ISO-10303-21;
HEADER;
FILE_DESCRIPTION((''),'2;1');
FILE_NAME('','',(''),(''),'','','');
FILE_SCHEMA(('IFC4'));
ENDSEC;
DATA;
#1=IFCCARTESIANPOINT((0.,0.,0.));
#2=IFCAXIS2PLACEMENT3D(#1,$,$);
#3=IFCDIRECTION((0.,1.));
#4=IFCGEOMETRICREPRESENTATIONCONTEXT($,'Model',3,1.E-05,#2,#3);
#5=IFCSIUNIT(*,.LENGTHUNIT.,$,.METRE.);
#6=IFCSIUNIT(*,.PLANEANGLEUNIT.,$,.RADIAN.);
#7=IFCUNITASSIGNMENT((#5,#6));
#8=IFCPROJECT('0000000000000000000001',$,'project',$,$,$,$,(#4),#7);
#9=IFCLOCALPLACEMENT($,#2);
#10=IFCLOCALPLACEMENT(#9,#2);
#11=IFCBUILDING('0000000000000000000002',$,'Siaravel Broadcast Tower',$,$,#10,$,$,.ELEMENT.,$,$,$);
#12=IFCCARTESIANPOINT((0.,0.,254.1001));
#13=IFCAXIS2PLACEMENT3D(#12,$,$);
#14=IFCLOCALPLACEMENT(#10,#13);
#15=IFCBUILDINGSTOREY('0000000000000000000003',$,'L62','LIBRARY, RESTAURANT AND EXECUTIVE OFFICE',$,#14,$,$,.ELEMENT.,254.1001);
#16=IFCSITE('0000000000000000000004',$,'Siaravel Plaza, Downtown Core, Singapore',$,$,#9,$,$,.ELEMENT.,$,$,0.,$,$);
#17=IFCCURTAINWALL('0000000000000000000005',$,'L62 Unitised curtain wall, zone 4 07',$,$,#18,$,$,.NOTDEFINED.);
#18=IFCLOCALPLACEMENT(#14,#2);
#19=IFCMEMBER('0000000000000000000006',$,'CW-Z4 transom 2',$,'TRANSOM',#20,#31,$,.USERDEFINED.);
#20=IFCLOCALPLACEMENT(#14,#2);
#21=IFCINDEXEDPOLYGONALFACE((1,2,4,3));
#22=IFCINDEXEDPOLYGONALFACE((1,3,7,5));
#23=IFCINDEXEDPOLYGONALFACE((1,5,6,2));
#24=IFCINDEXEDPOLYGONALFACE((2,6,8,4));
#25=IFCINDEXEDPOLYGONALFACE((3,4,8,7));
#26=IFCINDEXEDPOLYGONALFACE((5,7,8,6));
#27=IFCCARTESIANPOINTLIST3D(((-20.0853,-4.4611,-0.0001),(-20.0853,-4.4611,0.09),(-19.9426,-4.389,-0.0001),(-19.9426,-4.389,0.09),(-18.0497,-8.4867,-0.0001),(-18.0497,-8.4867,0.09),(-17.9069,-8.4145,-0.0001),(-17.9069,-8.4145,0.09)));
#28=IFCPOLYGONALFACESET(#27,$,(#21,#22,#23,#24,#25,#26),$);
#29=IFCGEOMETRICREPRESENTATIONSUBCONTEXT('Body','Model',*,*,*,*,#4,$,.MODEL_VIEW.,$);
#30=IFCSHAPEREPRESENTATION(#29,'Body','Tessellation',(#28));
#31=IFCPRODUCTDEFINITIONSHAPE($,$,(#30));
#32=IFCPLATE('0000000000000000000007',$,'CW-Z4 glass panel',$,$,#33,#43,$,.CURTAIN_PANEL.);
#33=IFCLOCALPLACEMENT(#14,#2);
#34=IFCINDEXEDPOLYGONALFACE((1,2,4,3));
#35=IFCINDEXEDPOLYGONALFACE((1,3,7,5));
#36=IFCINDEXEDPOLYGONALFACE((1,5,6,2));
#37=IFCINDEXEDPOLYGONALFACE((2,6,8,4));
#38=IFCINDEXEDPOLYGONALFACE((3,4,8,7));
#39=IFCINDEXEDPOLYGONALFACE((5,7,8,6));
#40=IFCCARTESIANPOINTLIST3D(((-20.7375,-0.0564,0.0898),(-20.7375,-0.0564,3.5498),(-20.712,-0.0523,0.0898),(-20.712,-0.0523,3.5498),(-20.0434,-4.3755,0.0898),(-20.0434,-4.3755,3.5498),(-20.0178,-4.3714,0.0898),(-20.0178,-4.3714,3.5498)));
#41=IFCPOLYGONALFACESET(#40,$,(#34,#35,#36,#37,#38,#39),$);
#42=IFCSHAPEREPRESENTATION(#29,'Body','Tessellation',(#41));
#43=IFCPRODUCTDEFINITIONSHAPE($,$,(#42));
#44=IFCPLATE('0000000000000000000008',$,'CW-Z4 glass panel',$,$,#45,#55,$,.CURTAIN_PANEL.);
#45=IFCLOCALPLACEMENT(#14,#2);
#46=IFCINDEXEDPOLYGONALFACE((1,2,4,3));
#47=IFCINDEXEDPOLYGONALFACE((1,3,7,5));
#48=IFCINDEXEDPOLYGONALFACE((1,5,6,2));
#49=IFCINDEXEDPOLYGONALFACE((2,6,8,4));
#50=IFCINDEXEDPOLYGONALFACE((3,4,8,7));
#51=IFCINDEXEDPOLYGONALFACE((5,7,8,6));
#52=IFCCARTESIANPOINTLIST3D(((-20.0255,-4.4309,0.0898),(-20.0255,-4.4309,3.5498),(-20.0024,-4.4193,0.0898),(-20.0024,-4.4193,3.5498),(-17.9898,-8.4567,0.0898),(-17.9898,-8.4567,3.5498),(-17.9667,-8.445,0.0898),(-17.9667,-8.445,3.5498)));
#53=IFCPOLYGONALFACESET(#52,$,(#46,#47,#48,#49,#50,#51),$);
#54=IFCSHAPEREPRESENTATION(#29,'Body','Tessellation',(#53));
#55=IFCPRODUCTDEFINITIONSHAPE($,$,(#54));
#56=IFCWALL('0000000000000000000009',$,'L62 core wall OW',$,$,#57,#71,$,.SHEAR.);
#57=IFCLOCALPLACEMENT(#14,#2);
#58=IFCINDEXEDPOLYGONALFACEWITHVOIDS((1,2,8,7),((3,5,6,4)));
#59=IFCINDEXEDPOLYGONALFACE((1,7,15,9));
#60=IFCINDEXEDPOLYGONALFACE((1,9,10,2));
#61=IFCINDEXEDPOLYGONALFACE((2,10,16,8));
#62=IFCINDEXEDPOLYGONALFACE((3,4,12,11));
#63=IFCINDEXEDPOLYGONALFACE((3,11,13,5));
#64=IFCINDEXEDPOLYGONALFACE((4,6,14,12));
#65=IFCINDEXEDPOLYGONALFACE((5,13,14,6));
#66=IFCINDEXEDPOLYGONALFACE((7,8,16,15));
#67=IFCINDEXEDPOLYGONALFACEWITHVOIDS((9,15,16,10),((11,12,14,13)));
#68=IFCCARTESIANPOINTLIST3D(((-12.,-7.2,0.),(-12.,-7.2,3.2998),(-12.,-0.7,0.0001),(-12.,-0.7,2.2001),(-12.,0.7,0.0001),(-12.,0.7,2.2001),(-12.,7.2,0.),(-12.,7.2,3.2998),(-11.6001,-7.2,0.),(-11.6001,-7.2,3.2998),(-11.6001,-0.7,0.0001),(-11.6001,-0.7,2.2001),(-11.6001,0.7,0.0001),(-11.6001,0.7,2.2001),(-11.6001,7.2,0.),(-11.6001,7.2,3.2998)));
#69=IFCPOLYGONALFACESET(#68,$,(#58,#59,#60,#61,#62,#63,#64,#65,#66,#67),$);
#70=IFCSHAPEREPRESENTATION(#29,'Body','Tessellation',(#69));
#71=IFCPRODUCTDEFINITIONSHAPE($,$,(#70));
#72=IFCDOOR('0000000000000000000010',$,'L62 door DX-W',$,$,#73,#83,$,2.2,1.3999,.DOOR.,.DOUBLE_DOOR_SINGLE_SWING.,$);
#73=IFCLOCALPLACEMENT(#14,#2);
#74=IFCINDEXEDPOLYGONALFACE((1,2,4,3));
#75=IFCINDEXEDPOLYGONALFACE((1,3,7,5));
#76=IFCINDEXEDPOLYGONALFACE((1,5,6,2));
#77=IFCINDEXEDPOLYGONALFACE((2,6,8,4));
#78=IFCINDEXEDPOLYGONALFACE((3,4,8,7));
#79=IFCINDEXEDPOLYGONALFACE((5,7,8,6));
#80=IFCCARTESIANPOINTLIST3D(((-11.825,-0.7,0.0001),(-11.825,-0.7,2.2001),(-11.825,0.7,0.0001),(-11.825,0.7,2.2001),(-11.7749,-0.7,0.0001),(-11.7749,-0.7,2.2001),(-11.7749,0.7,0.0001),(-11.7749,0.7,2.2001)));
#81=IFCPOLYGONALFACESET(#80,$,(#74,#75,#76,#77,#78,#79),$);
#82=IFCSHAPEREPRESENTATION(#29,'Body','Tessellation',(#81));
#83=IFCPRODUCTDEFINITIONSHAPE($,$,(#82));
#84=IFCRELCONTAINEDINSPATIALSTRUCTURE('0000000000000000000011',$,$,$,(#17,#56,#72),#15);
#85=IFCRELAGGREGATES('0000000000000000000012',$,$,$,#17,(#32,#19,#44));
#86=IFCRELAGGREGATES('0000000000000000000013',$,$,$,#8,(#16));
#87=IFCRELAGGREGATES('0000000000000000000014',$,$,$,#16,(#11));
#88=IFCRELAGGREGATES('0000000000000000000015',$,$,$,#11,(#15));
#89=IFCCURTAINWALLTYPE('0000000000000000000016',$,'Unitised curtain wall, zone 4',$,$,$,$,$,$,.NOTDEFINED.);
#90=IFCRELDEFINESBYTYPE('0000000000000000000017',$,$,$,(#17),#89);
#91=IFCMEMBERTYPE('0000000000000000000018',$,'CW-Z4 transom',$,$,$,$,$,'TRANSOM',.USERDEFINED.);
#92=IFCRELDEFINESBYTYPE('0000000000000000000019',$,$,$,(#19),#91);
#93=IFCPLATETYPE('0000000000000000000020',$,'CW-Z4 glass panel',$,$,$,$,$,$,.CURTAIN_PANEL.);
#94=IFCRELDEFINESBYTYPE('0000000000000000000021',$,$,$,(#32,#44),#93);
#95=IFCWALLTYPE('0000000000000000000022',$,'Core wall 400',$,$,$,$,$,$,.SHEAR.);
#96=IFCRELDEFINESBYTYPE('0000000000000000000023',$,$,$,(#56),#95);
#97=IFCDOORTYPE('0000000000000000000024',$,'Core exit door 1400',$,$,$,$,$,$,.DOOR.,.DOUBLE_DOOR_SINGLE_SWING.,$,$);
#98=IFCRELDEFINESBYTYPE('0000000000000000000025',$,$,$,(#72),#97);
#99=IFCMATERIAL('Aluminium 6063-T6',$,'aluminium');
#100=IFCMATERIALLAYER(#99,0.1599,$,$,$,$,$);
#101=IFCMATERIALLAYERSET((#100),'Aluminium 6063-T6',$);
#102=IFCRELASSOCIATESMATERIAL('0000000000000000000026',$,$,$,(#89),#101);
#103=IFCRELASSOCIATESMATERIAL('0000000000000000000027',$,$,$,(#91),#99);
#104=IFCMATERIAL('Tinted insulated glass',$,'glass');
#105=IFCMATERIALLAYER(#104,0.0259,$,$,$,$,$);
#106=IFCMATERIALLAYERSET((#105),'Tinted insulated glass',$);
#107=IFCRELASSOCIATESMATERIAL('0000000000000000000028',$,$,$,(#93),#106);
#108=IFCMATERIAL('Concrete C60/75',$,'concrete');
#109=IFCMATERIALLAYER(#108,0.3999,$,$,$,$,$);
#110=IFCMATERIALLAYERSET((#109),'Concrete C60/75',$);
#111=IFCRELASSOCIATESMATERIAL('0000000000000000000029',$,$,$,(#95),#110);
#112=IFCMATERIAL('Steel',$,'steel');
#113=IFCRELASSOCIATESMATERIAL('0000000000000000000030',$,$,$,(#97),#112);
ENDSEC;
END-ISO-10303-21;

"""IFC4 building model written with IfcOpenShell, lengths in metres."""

from ifc_helpers import new_model, si_unit, direction, frame, frame_2d, origin, origin_2d, place, context, subcontext, project, spatial, rectangle, extrude, material, layer, layer_set, material_profile, profile_set, type_object, element, fill, aggregate, save


model = new_model("IFC4")

# Units and contexts
model_context = context("Model", 3, precision=1e-05, world=origin(), true_north=direction((0.0, 1.0)))
body_context = subcontext(model_context, "Body", "Model", "MODEL_VIEW")
ifc_project = project(units=[si_unit("LENGTHUNIT", "METRE"), si_unit("PLANEANGLEUNIT", "RADIAN")], contexts=[model_context])

# Site, building, storey
site_placement = place(None, origin())
site = spatial("IfcSite", under=ifc_project, at=site_placement, Name="Siaravel Plaza, Downtown Core, Singapore", CompositionType="ELEMENT", RefElevation=0.0)
building_placement = place(site_placement, origin())
building = spatial("IfcBuilding", under=site, at=building_placement, Name="Siaravel Broadcast Tower", CompositionType="ELEMENT")
storey_placement = place(building_placement, frame((0.0, 0.0, 254.1001)))
storey = spatial("IfcBuildingStorey", under=building, at=storey_placement, Name="L62", Description="LIBRARY, RESTAURANT AND EXECUTIVE OFFICE", CompositionType="ELEMENT", Elevation=254.1001)

# Curtain wall, member, plates
ifc_material_1 = material(Name="Aluminium 6063-T6", Category="aluminium")
ifc_layer_1 = layer(ifc_material_1, 0.1599)
ifc_layer_set_1 = layer_set([ifc_layer_1], Name="Aluminium 6063-T6")
curtain_wall_type = type_object("IfcCurtainWallType", Name="Unitised curtain wall, zone 4", PredefinedType="NOTDEFINED", material=ifc_layer_set_1)
curtain_wall_placement = place(storey_placement, origin())
curtain_wall = element("IfcCurtainWall", 1, at=curtain_wall_placement, inside=storey, type_object=curtain_wall_type, Name="L62 Unitised curtain wall, zone 4 07", PredefinedType="NOTDEFINED")
ifc_material_profile_1 = material_profile(ifc_material_1, rectangle(XDim=0.1599, YDim=0.0901, at=origin_2d()))
ifc_profile_set_1 = profile_set([ifc_material_profile_1], Name="Aluminium 6063-T6")
member_type_1 = type_object("IfcMemberType", Name="CW-Z4 transom", ElementType="TRANSOM", PredefinedType="USERDEFINED", material=ifc_profile_set_1)
member_1_placement = place(storey_placement, frame((-20.0139, -4.425, 0.0449), z_axis=(0.451257, -0.892394, 0.0), x_axis=(0.892394, 0.451257, 0.0)))
member_1 = element("IfcMember", 2, at=member_1_placement, type_object=member_type_1, Name="CW-Z4 transom 2", ObjectType="TRANSOM", PredefinedType="USERDEFINED", context=body_context, shape_type="SweptSolid", body=[
    extrude(rectangle(XDim=0.1599, YDim=0.0901, at=origin_2d()), origin(), (0.0, 0.0, 1.0), 4.511),
])
ifc_material_2 = material(Name="Tinted insulated glass", Category="glass")
ifc_layer_2 = layer(ifc_material_2, 0.0259)
ifc_layer_set_2 = layer_set([ifc_layer_2], Name="Tinted insulated glass")
plate_type = type_object("IfcPlateType", Name="CW-Z4 glass panel", PredefinedType="CURTAIN_PANEL", material=ifc_layer_set_2)
plate_1_placement = place(storey_placement, frame((-20.3777, -2.2139, 0.0898), z_axis=(0.0, 0.0, 1.0), x_axis=(0.158685, -0.987329, 0.0)))
plate_1 = element("IfcPlate", 3, at=plate_1_placement, type_object=plate_type, Name="CW-Z4 glass panel", PredefinedType="CURTAIN_PANEL", context=body_context, shape_type="SweptSolid", body=[
    extrude(rectangle(XDim=4.3745, YDim=0.0259, at=origin_2d()), origin(), (0.0, 0.0, 1.0), 3.46),
])
plate_2_placement = place(storey_placement, frame((-18.9961, -6.438, 0.0898), z_axis=(0.0, 0.0, 1.0), x_axis=(0.451259, -0.892393, 0.0)))
plate_2 = element("IfcPlate", 4, at=plate_2_placement, type_object=plate_type, Name="CW-Z4 glass panel", PredefinedType="CURTAIN_PANEL", context=body_context, shape_type="SweptSolid", body=[
    extrude(rectangle(XDim=4.5112, YDim=0.0259, at=origin_2d()), origin(), (0.0, 0.0, 1.0), 3.46),
])
aggregate(curtain_wall, [plate_1, member_1, plate_2])

# Wall, opening, door
ifc_material_3 = material(Name="Concrete C60/75", Category="concrete")
ifc_layer_3 = layer(ifc_material_3, 0.3999)
ifc_layer_set_3 = layer_set([ifc_layer_3], Name="Concrete C60/75")
wall_type_1 = type_object("IfcWallType", Name="Core wall 400", PredefinedType="SHEAR", material=ifc_layer_set_3)
wall_1_placement = place(storey_placement, frame((-11.8, -7.2, 0.0), z_axis=(0.0, 0.0, 1.0), x_axis=(0.0, 1.0, 0.0)))
wall_1 = element("IfcWall", 5, at=wall_1_placement, inside=storey, type_object=wall_type_1, Name="L62 core wall OW", PredefinedType="SHEAR", context=body_context, shape_type="SweptSolid", body=[
    extrude(rectangle(XDim=14.3999, YDim=0.3999, at=frame_2d((7.2, 0.0))), origin(), (0.0, 0.0, 1.0), 3.2998),
])
opening_1_placement = place(wall_1_placement, frame((6.5, 0.0, 0.0)))
opening_1 = element("IfcOpeningElement", 6, at=opening_1_placement, cuts=wall_1, PredefinedType="OPENING", context=body_context, shape_type="SweptSolid", body=[
    extrude(rectangle(XDim=1.3999, YDim=2.2, at=frame_2d((0.7, 1.1001))), frame((0.0, 0.21, 0.0), z_axis=(0.0, -1.0, 0.0), x_axis=(1.0, 0.0, 0.0)), (0.0, 0.0, 1.0), 0.4199),
])
ifc_material_4 = material(Name="Steel", Category="steel")
door_type_1 = type_object("IfcDoorType", Name="Core exit door 1400", OperationType="DOUBLE_DOOR_SINGLE_SWING", PredefinedType="DOOR", material=ifc_material_4)
door_1_placement = place(opening_1_placement, origin())
door_1 = element("IfcDoor", 7, at=door_1_placement, inside=storey, type_object=door_type_1, Name="L62 door DX-W", OperationType="DOUBLE_DOOR_SINGLE_SWING", OverallHeight=2.2, OverallWidth=1.3999, PredefinedType="DOOR", context=body_context, shape_type="SweptSolid", body=[
    extrude(rectangle(XDim=1.3999, YDim=2.2, at=frame_2d((0.7, 1.1001))), frame((0.0, 0.0249, 0.0), z_axis=(0.0, -1.0, 0.0), x_axis=(1.0, 0.0, 0.0)), (0.0, 0.0, 1.0), 0.05),
])
fill(opening_1, door_1)

save(model, "model.ifc")
